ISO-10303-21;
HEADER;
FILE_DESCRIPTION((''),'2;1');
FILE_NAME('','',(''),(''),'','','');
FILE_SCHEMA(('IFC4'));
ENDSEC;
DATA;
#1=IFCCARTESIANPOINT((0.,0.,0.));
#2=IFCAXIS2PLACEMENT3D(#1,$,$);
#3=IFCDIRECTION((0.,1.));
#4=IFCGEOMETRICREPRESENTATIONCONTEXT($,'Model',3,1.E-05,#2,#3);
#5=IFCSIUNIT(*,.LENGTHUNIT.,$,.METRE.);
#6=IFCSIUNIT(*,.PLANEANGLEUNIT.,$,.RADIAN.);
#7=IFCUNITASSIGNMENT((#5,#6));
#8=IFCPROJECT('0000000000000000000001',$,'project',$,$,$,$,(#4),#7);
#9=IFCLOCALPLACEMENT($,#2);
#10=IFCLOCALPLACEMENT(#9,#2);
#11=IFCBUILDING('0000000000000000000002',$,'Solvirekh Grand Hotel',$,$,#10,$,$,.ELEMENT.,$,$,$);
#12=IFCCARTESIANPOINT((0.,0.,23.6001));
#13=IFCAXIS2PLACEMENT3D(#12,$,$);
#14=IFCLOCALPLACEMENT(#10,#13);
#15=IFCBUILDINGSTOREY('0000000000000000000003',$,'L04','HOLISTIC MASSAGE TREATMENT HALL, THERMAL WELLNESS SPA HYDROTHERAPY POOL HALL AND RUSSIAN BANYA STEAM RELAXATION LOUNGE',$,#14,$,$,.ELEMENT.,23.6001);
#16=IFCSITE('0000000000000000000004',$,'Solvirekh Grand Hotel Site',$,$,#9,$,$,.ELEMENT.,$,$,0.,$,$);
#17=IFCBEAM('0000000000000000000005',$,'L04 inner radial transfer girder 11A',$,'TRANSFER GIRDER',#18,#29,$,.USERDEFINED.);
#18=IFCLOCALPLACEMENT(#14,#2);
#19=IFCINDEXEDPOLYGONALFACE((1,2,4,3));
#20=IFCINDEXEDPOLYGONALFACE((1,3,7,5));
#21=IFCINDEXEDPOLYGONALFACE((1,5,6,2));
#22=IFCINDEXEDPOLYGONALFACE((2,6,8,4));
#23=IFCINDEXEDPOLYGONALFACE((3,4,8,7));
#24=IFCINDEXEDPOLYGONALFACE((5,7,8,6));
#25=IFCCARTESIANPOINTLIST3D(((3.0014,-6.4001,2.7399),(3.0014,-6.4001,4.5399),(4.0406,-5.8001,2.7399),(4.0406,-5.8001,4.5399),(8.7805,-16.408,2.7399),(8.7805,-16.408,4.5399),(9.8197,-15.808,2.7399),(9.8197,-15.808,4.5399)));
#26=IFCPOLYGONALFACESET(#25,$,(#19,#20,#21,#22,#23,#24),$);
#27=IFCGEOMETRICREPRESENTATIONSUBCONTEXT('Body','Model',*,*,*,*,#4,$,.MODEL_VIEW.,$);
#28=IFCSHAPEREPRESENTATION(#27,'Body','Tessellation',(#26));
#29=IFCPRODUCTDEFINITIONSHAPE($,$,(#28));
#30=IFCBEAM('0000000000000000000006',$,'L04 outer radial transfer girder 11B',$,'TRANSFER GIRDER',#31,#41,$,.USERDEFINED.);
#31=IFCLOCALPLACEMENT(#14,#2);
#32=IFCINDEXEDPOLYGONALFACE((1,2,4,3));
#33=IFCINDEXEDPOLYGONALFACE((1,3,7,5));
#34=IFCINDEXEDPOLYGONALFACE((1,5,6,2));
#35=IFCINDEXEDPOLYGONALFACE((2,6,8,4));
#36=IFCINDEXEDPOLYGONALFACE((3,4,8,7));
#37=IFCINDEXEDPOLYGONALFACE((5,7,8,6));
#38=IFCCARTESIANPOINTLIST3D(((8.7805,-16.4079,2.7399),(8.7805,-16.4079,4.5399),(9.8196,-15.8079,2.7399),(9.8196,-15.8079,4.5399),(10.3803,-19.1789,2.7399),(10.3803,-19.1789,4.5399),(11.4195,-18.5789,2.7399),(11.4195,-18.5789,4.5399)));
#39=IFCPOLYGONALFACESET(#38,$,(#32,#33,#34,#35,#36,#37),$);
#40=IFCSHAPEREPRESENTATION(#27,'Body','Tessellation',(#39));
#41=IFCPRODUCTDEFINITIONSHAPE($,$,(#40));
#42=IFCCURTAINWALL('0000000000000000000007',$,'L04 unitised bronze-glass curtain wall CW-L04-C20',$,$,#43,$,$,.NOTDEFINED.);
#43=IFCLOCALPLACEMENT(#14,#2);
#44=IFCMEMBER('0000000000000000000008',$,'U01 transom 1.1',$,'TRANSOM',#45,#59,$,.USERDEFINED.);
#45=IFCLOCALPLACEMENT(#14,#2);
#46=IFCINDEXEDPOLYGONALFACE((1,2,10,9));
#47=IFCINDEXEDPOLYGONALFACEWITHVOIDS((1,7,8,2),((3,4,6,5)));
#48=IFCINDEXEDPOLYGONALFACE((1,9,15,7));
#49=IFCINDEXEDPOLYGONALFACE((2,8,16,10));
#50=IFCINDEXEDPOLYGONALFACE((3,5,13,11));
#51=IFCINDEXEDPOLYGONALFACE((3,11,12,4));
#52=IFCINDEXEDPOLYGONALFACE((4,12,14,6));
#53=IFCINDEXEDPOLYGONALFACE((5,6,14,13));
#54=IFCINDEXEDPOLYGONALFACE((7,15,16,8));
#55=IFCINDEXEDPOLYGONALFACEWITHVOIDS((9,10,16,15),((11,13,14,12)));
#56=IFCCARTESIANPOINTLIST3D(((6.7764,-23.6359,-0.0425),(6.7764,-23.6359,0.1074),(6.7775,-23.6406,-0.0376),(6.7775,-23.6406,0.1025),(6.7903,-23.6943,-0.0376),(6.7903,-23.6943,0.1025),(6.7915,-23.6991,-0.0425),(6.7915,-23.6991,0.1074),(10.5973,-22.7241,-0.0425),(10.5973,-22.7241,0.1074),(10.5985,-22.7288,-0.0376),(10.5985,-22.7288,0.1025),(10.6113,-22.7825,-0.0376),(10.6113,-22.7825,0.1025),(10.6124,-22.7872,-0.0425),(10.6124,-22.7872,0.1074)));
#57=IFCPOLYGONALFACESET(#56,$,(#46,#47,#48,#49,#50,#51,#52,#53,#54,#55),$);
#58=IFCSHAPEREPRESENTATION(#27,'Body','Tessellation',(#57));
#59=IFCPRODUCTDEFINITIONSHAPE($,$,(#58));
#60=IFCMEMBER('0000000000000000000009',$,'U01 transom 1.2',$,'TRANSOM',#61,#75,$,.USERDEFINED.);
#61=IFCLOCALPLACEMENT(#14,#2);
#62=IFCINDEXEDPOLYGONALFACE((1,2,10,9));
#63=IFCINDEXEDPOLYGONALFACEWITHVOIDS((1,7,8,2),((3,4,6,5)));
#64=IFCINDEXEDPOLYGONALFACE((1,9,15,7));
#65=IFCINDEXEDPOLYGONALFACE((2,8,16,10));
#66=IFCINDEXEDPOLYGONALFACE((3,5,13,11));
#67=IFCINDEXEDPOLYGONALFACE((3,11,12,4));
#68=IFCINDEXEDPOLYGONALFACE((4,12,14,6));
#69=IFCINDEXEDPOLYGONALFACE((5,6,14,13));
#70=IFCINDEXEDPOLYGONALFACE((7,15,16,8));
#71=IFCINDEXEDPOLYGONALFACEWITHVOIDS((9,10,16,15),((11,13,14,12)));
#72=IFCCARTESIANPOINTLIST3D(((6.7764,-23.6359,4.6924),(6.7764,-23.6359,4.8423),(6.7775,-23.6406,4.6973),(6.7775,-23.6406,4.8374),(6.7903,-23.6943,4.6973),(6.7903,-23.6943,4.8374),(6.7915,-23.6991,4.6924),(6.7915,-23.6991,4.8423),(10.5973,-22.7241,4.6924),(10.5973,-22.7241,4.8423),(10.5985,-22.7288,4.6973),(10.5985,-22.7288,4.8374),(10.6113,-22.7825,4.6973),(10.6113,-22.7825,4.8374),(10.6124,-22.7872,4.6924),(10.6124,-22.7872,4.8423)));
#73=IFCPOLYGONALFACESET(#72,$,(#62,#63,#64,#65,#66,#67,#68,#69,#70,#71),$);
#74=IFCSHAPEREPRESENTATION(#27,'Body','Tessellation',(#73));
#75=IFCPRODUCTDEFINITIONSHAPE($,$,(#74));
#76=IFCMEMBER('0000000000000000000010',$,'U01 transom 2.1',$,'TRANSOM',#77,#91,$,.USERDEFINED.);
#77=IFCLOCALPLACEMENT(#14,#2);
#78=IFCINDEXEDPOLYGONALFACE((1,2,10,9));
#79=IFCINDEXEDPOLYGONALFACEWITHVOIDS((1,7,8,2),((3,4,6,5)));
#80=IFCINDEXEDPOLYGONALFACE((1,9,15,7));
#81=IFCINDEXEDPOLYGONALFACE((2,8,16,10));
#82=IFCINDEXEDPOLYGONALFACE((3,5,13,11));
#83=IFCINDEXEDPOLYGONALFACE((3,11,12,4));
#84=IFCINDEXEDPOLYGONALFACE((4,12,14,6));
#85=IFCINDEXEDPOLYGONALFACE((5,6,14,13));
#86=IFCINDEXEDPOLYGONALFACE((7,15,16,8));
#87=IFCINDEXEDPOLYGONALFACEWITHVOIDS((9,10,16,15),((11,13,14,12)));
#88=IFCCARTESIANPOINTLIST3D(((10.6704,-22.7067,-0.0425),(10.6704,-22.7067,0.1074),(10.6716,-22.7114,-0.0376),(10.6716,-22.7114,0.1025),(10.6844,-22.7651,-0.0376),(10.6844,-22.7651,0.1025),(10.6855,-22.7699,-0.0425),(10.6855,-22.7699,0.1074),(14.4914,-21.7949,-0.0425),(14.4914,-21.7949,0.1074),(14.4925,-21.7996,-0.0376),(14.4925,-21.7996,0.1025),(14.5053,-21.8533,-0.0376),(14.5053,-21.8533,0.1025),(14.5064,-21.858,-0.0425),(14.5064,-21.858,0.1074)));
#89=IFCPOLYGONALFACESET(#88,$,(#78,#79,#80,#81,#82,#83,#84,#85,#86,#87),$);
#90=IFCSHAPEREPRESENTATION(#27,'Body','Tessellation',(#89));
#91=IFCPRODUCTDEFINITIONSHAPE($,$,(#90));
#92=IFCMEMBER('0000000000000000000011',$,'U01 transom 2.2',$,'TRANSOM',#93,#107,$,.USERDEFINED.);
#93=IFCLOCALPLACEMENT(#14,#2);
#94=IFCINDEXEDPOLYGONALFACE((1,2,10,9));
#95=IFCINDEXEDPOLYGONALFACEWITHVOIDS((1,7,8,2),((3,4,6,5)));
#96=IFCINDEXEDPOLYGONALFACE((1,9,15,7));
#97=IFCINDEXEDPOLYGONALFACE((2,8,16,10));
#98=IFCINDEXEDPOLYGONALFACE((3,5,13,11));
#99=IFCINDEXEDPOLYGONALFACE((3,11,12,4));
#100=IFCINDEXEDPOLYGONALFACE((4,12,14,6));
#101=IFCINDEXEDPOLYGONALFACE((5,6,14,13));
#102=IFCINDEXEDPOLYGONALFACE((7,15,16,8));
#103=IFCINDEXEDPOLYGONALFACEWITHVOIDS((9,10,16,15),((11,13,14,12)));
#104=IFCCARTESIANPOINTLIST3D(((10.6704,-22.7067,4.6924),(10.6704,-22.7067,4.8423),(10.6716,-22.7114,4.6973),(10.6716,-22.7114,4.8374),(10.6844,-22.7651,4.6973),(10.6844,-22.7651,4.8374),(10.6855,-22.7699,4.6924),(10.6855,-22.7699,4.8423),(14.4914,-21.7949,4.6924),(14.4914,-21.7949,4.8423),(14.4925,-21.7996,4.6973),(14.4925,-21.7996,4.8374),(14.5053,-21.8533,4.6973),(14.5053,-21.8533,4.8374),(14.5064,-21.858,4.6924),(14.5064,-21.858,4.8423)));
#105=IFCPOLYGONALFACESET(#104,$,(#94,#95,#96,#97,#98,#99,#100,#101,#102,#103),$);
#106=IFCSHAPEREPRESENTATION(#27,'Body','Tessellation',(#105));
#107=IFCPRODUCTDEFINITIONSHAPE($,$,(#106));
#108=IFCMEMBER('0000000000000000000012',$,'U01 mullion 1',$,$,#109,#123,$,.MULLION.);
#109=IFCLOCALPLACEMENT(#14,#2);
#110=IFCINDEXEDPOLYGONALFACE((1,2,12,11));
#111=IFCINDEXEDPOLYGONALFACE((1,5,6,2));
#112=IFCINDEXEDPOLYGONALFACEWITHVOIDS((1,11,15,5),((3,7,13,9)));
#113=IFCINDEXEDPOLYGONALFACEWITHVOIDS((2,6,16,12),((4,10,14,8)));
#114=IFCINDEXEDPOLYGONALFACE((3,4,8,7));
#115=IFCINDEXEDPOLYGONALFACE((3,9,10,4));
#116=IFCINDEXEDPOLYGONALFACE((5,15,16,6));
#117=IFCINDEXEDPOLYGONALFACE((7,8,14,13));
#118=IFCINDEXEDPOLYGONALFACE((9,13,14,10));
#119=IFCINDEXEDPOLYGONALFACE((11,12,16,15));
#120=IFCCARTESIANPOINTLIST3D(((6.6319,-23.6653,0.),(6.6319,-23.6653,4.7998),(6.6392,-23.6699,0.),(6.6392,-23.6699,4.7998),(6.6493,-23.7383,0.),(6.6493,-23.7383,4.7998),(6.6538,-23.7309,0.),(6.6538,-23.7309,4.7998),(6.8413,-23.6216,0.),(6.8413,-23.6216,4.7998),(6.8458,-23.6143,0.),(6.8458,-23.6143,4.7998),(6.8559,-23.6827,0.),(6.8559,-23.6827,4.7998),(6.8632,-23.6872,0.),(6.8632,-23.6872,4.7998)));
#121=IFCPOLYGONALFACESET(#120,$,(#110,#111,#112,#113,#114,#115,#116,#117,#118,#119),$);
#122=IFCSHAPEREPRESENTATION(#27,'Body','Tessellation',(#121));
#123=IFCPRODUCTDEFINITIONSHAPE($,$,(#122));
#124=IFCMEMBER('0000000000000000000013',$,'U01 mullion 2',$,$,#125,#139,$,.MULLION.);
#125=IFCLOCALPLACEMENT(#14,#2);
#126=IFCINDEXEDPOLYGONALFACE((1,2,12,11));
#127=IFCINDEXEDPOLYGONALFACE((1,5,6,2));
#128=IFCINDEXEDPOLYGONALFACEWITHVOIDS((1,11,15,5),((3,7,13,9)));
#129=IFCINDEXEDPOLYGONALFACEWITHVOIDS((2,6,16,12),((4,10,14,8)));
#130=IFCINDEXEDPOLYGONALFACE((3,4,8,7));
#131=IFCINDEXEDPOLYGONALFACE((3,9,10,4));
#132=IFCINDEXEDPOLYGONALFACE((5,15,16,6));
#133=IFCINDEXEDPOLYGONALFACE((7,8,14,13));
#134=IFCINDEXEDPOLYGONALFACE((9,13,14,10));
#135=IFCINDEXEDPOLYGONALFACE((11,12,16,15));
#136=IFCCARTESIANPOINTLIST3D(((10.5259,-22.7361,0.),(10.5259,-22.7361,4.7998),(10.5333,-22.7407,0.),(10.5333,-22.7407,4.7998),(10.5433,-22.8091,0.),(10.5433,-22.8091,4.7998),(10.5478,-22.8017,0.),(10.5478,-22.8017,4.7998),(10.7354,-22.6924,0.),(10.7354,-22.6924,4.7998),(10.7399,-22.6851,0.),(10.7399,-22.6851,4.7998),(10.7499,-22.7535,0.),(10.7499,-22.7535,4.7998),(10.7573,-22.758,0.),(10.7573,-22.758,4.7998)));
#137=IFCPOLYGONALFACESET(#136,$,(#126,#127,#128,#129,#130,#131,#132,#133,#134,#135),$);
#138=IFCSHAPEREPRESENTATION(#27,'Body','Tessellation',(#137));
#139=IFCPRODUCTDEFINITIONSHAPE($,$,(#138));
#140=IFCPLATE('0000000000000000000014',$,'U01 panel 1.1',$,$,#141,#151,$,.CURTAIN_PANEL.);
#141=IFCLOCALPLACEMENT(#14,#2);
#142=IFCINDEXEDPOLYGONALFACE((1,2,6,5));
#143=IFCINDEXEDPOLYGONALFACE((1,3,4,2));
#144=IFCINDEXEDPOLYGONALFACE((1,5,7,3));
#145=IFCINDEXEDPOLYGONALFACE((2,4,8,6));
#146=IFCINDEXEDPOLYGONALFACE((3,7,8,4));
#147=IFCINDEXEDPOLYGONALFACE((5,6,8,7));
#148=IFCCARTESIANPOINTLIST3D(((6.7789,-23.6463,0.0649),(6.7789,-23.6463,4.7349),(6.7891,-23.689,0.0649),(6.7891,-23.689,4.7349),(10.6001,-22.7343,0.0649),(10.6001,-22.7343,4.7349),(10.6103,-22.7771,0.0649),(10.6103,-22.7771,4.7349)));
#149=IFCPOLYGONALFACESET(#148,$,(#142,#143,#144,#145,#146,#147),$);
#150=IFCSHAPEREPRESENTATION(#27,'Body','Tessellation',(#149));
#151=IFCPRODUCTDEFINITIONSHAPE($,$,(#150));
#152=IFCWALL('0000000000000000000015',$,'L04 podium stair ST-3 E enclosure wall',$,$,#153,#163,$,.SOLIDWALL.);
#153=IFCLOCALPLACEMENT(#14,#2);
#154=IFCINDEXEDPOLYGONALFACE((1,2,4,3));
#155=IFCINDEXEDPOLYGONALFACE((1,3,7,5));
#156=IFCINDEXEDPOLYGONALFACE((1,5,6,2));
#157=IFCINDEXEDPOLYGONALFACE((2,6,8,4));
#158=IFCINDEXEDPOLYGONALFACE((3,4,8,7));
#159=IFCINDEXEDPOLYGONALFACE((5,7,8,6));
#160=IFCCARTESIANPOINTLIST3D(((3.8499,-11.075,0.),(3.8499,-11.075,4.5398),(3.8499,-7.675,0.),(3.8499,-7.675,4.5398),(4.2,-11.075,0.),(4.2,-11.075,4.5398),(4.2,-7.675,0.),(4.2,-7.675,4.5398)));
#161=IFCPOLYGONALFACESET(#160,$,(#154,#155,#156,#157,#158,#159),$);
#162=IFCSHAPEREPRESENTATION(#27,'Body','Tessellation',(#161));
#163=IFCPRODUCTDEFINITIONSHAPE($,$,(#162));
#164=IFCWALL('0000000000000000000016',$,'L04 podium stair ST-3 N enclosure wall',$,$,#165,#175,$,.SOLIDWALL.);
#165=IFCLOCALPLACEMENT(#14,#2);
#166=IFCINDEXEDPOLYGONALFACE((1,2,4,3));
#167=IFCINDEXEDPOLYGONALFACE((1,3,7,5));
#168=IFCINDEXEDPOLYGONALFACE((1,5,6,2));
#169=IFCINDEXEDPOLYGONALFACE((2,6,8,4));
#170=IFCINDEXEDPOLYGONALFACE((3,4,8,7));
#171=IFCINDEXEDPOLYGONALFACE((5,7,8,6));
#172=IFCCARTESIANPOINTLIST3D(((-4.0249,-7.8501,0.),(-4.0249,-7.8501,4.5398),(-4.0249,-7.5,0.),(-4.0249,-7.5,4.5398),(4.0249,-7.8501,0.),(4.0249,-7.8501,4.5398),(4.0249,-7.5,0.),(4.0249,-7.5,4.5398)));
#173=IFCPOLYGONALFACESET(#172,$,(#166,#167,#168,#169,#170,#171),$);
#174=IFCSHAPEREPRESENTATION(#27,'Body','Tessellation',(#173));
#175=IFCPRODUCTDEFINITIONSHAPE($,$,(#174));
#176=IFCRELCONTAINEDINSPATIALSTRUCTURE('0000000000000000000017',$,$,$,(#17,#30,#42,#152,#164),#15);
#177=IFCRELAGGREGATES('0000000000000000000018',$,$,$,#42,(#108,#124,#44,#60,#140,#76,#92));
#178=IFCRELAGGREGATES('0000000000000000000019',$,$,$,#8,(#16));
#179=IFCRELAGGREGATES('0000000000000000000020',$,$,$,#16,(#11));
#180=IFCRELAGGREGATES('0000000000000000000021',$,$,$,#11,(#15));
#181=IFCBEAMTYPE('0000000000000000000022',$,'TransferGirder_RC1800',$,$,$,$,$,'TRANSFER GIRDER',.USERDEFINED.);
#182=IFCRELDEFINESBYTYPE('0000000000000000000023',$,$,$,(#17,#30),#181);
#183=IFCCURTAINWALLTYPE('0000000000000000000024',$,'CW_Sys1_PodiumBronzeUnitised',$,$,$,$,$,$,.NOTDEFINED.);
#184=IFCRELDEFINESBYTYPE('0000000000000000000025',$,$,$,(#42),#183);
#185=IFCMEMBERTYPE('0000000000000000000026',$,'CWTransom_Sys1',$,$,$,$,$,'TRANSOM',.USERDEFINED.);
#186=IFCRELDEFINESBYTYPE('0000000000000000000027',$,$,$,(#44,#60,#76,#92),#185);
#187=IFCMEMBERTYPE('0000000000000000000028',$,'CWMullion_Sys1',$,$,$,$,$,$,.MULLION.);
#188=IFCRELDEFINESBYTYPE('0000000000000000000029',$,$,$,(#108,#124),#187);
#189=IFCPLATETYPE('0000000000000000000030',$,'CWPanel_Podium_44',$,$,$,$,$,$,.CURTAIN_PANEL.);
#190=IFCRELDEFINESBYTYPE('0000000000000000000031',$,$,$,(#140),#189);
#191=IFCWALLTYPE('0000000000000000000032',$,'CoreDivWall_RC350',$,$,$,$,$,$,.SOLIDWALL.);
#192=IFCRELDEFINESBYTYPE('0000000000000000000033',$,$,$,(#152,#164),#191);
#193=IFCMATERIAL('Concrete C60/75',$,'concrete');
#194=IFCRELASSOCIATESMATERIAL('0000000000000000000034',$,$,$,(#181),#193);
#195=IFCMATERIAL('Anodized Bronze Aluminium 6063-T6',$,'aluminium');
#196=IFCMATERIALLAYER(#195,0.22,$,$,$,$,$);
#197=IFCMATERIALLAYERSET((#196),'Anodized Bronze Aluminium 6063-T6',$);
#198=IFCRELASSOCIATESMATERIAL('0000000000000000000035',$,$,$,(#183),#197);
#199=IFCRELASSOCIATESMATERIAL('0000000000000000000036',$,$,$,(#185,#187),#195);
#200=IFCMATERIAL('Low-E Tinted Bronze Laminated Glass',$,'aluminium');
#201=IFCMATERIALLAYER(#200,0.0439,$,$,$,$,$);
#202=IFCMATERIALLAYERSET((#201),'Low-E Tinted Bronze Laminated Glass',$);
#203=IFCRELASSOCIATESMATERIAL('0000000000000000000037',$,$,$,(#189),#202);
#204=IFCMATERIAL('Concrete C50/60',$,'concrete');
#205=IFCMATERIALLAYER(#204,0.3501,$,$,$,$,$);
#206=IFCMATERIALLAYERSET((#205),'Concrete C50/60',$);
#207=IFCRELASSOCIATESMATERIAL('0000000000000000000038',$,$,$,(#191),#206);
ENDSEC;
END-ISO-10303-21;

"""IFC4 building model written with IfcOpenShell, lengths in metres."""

from ifc_helpers import new_model, si_unit, direction, frame, frame_2d, origin, origin_2d, place, context, subcontext, project, spatial, rectangle, hollow_rectangle, extrude, source, transform, mapped, material, layer, layer_set, material_profile, profile_set, type_object, element, aggregate, save


model = new_model("IFC4")

# Units and contexts
model_context = context("Model", 3, precision=1e-05, world=origin(), true_north=direction((0.0, 1.0)))
body_context = subcontext(model_context, "Body", "Model", "MODEL_VIEW")
ifc_project = project(units=[si_unit("LENGTHUNIT", "METRE"), si_unit("PLANEANGLEUNIT", "RADIAN")], contexts=[model_context])

# Site, building, storey
site_placement = place(None, origin())
site = spatial("IfcSite", under=ifc_project, at=site_placement, Name="Solvirekh Grand Hotel Site", CompositionType="ELEMENT", RefElevation=0.0)
building_placement = place(site_placement, origin())
building = spatial("IfcBuilding", under=site, at=building_placement, Name="Solvirekh Grand Hotel", CompositionType="ELEMENT")
storey_placement = place(building_placement, frame((0.0, 0.0, 23.6001)))
storey = spatial("IfcBuildingStorey", under=building, at=storey_placement, Name="L04", Description="HOLISTIC MASSAGE TREATMENT HALL, THERMAL WELLNESS SPA HYDROTHERAPY POOL HALL AND RUSSIAN BANYA STEAM RELAXATION LOUNGE", CompositionType="ELEMENT", Elevation=23.6001)

# Shared definitions
ifc_material_1 = material(Name="Concrete C60/75", Category="concrete")

# Beams
ifc_material_profile_1 = material_profile(ifc_material_1, rectangle(XDim=1.2, YDim=1.8, at=origin_2d()), Name="RC GIRDER 1200X1800")
ifc_profile_set_1 = profile_set([ifc_material_profile_1], Name="Concrete C60/75")
beam_type_1 = type_object("IfcBeamType", Name="TransferGirder_RC1800", ElementType="TRANSFER GIRDER", PredefinedType="USERDEFINED", material=ifc_profile_set_1)
beam_1_placement = place(storey_placement, frame((3.521, -6.1001, 3.6399), z_axis=(0.500067, -0.865986, 0.0), x_axis=(0.865986, 0.500067, 0.0)))
element("IfcBeam", 1, at=beam_1_placement, inside=storey, type_object=beam_type_1, Name="L04 inner radial transfer girder 11A", ObjectType="TRANSFER GIRDER", PredefinedType="USERDEFINED", context=body_context, shape_type="SweptSolid", body=[
    extrude(rectangle(XDim=1.2, YDim=1.8, at=origin_2d()), origin(), (0.0, 0.0, 1.0), 11.5566),
])
beam_2_placement = place(storey_placement, frame((9.3, -16.1079, 3.6399), z_axis=(0.500004, -0.866023, 0.0), x_axis=(0.866023, 0.500004, 0.0)))
element("IfcBeam", 2, at=beam_2_placement, inside=storey, type_object=beam_type_1, Name="L04 outer radial transfer girder 11B", ObjectType="TRANSFER GIRDER", PredefinedType="USERDEFINED", context=body_context, shape_type="SweptSolid", body=[
    extrude(rectangle(XDim=1.2, YDim=1.8, at=origin_2d()), origin(), (0.0, 0.0, 1.0), 3.1997),
])

# Curtain wall, members, plate
ifc_material_2 = material(Name="Anodized Bronze Aluminium 6063-T6", Category="aluminium")
ifc_layer_1 = layer(ifc_material_2, 0.22)
ifc_layer_set_1 = layer_set([ifc_layer_1], Name="Anodized Bronze Aluminium 6063-T6")
curtain_wall_type = type_object("IfcCurtainWallType", Name="CW_Sys1_PodiumBronzeUnitised", PredefinedType="NOTDEFINED", material=ifc_layer_set_1)
curtain_wall_placement = place(storey_placement, origin())
curtain_wall = element("IfcCurtainWall", 3, at=curtain_wall_placement, inside=storey, type_object=curtain_wall_type, Name="L04 unitised bronze-glass curtain wall CW-L04-C20", PredefinedType="NOTDEFINED")
ifc_material_profile_2 = material_profile(ifc_material_2, hollow_rectangle(XDim=0.0649, YDim=0.1499, WallThickness=0.0049, at=origin_2d()), Name="ALU RHS 150X65X5")
ifc_profile_set_2 = profile_set([ifc_material_profile_2], Name="Anodized Bronze Aluminium 6063-T6")
member_type_1 = type_object("IfcMemberType", Name="CWTransom_Sys1", ElementType="TRANSOM", PredefinedType="USERDEFINED", material=ifc_profile_set_2)
shared_shape_1 = source(origin(), body_context, "Body", "SweptSolid", [
    extrude(hollow_rectangle(XDim=0.0649, YDim=0.1499, WallThickness=0.0049, at=origin_2d()), origin(), (0.0, 0.0, 1.0), 3.9282),
])
member_1_placement = place(storey_placement, frame((6.7839, -23.6675, 0.0325), z_axis=(0.972686, 0.232125, 0.0), x_axis=(-0.232125, 0.972686, 0.0)))
member_1 = element("IfcMember", 4, at=member_1_placement, type_object=member_type_1, Name="U01 transom 1.1", ObjectType="TRANSOM", PredefinedType="USERDEFINED", context=body_context, shape_type="MappedRepresentation", body=[
    mapped(shared_shape_1, transform((0.0, 0.0, 0.0), x_axis=(1.0, 0.0, 0.0), y_axis=(0.0, 1.0, 0.0), z_axis=(0.0, 0.0, 1.0), scale=1.0)),
])
member_2_placement = place(storey_placement, frame((6.7839, -23.6675, 4.7673), z_axis=(0.972686, 0.232125, 0.0), x_axis=(-0.232125, 0.972686, 0.0)))
member_2 = element("IfcMember", 5, at=member_2_placement, type_object=member_type_1, Name="U01 transom 1.2", ObjectType="TRANSOM", PredefinedType="USERDEFINED", context=body_context, shape_type="MappedRepresentation", body=[
    mapped(shared_shape_1, transform((0.0, 0.0, 0.0), x_axis=(1.0, 0.0, 0.0), y_axis=(0.0, 1.0, 0.0), z_axis=(0.0, 0.0, 1.0), scale=1.0)),
])
member_3_placement = place(storey_placement, frame((10.678, -22.7383, 0.0325), z_axis=(0.972686, 0.232125, 0.0), x_axis=(-0.232125, 0.972686, 0.0)))
member_3 = element("IfcMember", 6, at=member_3_placement, type_object=member_type_1, Name="U01 transom 2.1", ObjectType="TRANSOM", PredefinedType="USERDEFINED", context=body_context, shape_type="MappedRepresentation", body=[
    mapped(shared_shape_1, transform((0.0, 0.0, 0.0), x_axis=(1.0, 0.0, 0.0), y_axis=(0.0, 1.0, 0.0), z_axis=(0.0, 0.0, 1.0), scale=1.0)),
])
member_4_placement = place(storey_placement, frame((10.678, -22.7383, 4.7673), z_axis=(0.972686, 0.232125, 0.0), x_axis=(-0.232125, 0.972686, 0.0)))
member_4 = element("IfcMember", 7, at=member_4_placement, type_object=member_type_1, Name="U01 transom 2.2", ObjectType="TRANSOM", PredefinedType="USERDEFINED", context=body_context, shape_type="MappedRepresentation", body=[
    mapped(shared_shape_1, transform((0.0, 0.0, 0.0), x_axis=(1.0, 0.0, 0.0), y_axis=(0.0, 1.0, 0.0), z_axis=(0.0, 0.0, 1.0), scale=1.0)),
])
ifc_material_profile_3 = material_profile(ifc_material_2, hollow_rectangle(XDim=0.075, YDim=0.22, WallThickness=0.0061, at=origin_2d()), Name="ALU RHS 220X75X6")
ifc_profile_set_3 = profile_set([ifc_material_profile_3], Name="Anodized Bronze Aluminium 6063-T6")
member_type_2 = type_object("IfcMemberType", Name="CWMullion_Sys1", PredefinedType="MULLION", material=ifc_profile_set_3)
shared_shape_2 = source(origin(), body_context, "Body", "SweptSolid", [
    extrude(hollow_rectangle(XDim=0.075, YDim=0.22, WallThickness=0.0061, at=origin_2d()), origin(), (0.0, 0.0, 1.0), 4.7998),
])
member_5_placement = place(storey_placement, frame((6.7476, -23.6763, 0.0), z_axis=(0.0, 0.0, 1.0), x_axis=(-0.232128, 0.972685, 0.0)))
member_5 = element("IfcMember", 8, at=member_5_placement, type_object=member_type_2, Name="U01 mullion 1", PredefinedType="MULLION", context=body_context, shape_type="MappedRepresentation", body=[
    mapped(shared_shape_2, transform((0.0, 0.0, 0.0), x_axis=(1.0, 0.0, 0.0), y_axis=(0.0, 1.0, 0.0), z_axis=(0.0, 0.0, 1.0), scale=1.0)),
])
member_6_placement = place(storey_placement, frame((10.6416, -22.7471, 0.0), z_axis=(0.0, 0.0, 1.0), x_axis=(-0.232128, 0.972685, 0.0)))
member_6 = element("IfcMember", 9, at=member_6_placement, type_object=member_type_2, Name="U01 mullion 2", PredefinedType="MULLION", context=body_context, shape_type="MappedRepresentation", body=[
    mapped(shared_shape_2, transform((0.0, 0.0, 0.0), x_axis=(1.0, 0.0, 0.0), y_axis=(0.0, 1.0, 0.0), z_axis=(0.0, 0.0, 1.0), scale=1.0)),
])
ifc_material_3 = material(Name="Low-E Tinted Bronze Laminated Glass", Category="aluminium")
ifc_layer_2 = layer(ifc_material_3, 0.0439)
ifc_layer_set_2 = layer_set([ifc_layer_2], Name="Low-E Tinted Bronze Laminated Glass")
plate_type = type_object("IfcPlateType", Name="CWPanel_Podium_44", PredefinedType="CURTAIN_PANEL", material=ifc_layer_set_2)
shared_shape_3 = source(origin(), body_context, "Body", "SweptSolid", [
    extrude(rectangle(XDim=3.9285, YDim=0.0439, at=origin_2d()), origin(), (0.0, 0.0, 1.0), 4.6699),
])
plate_placement = place(storey_placement, frame((8.6946, -23.2117, 0.0649), z_axis=(0.0, 0.0, 1.0), x_axis=(0.972685, 0.232128, 0.0)))
plate = element("IfcPlate", 10, at=plate_placement, type_object=plate_type, Name="U01 panel 1.1", PredefinedType="CURTAIN_PANEL", context=body_context, shape_type="MappedRepresentation", body=[
    mapped(shared_shape_3, transform((0.0, 0.0, 0.0), x_axis=(1.0, 0.0, 0.0), y_axis=(0.0, 1.0, 0.0), z_axis=(0.0, 0.0, 1.0), scale=1.0)),
])
aggregate(curtain_wall, [member_5, member_6, member_1, member_2, plate, member_3, member_4])

# Walls
ifc_material_4 = material(Name="Concrete C50/60", Category="concrete")
ifc_layer_3 = layer(ifc_material_4, 0.3501)
ifc_layer_set_3 = layer_set([ifc_layer_3], Name="Concrete C50/60")
wall_type_1 = type_object("IfcWallType", Name="CoreDivWall_RC350", PredefinedType="SOLIDWALL", material=ifc_layer_set_3)
wall_1_placement = place(storey_placement, frame((4.0249, -11.075, 0.0), z_axis=(0.0, 0.0, 1.0), x_axis=(0.0, 1.0, 0.0)))
element("IfcWall", 11, at=wall_1_placement, inside=storey, type_object=wall_type_1, Name="L04 podium stair ST-3 E enclosure wall", PredefinedType="SOLIDWALL", context=body_context, shape_type="SweptSolid", body=[
    extrude(rectangle(XDim=3.3999, YDim=0.3501, at=frame_2d((1.7, 0.0))), origin(), (0.0, 0.0, 1.0), 4.5398),
])
wall_2_placement = place(storey_placement, frame((4.0249, -7.675, 0.0), z_axis=(0.0, 0.0, 1.0), x_axis=(-1.0, 0.0, 0.0)))
element("IfcWall", 12, at=wall_2_placement, inside=storey, type_object=wall_type_1, Name="L04 podium stair ST-3 N enclosure wall", PredefinedType="SOLIDWALL", context=body_context, shape_type="SweptSolid", body=[
    extrude(rectangle(XDim=8.0498, YDim=0.3501, at=frame_2d((4.0249, 0.0))), origin(), (0.0, 0.0, 1.0), 4.5398),
])

save(model, "model.ifc")
